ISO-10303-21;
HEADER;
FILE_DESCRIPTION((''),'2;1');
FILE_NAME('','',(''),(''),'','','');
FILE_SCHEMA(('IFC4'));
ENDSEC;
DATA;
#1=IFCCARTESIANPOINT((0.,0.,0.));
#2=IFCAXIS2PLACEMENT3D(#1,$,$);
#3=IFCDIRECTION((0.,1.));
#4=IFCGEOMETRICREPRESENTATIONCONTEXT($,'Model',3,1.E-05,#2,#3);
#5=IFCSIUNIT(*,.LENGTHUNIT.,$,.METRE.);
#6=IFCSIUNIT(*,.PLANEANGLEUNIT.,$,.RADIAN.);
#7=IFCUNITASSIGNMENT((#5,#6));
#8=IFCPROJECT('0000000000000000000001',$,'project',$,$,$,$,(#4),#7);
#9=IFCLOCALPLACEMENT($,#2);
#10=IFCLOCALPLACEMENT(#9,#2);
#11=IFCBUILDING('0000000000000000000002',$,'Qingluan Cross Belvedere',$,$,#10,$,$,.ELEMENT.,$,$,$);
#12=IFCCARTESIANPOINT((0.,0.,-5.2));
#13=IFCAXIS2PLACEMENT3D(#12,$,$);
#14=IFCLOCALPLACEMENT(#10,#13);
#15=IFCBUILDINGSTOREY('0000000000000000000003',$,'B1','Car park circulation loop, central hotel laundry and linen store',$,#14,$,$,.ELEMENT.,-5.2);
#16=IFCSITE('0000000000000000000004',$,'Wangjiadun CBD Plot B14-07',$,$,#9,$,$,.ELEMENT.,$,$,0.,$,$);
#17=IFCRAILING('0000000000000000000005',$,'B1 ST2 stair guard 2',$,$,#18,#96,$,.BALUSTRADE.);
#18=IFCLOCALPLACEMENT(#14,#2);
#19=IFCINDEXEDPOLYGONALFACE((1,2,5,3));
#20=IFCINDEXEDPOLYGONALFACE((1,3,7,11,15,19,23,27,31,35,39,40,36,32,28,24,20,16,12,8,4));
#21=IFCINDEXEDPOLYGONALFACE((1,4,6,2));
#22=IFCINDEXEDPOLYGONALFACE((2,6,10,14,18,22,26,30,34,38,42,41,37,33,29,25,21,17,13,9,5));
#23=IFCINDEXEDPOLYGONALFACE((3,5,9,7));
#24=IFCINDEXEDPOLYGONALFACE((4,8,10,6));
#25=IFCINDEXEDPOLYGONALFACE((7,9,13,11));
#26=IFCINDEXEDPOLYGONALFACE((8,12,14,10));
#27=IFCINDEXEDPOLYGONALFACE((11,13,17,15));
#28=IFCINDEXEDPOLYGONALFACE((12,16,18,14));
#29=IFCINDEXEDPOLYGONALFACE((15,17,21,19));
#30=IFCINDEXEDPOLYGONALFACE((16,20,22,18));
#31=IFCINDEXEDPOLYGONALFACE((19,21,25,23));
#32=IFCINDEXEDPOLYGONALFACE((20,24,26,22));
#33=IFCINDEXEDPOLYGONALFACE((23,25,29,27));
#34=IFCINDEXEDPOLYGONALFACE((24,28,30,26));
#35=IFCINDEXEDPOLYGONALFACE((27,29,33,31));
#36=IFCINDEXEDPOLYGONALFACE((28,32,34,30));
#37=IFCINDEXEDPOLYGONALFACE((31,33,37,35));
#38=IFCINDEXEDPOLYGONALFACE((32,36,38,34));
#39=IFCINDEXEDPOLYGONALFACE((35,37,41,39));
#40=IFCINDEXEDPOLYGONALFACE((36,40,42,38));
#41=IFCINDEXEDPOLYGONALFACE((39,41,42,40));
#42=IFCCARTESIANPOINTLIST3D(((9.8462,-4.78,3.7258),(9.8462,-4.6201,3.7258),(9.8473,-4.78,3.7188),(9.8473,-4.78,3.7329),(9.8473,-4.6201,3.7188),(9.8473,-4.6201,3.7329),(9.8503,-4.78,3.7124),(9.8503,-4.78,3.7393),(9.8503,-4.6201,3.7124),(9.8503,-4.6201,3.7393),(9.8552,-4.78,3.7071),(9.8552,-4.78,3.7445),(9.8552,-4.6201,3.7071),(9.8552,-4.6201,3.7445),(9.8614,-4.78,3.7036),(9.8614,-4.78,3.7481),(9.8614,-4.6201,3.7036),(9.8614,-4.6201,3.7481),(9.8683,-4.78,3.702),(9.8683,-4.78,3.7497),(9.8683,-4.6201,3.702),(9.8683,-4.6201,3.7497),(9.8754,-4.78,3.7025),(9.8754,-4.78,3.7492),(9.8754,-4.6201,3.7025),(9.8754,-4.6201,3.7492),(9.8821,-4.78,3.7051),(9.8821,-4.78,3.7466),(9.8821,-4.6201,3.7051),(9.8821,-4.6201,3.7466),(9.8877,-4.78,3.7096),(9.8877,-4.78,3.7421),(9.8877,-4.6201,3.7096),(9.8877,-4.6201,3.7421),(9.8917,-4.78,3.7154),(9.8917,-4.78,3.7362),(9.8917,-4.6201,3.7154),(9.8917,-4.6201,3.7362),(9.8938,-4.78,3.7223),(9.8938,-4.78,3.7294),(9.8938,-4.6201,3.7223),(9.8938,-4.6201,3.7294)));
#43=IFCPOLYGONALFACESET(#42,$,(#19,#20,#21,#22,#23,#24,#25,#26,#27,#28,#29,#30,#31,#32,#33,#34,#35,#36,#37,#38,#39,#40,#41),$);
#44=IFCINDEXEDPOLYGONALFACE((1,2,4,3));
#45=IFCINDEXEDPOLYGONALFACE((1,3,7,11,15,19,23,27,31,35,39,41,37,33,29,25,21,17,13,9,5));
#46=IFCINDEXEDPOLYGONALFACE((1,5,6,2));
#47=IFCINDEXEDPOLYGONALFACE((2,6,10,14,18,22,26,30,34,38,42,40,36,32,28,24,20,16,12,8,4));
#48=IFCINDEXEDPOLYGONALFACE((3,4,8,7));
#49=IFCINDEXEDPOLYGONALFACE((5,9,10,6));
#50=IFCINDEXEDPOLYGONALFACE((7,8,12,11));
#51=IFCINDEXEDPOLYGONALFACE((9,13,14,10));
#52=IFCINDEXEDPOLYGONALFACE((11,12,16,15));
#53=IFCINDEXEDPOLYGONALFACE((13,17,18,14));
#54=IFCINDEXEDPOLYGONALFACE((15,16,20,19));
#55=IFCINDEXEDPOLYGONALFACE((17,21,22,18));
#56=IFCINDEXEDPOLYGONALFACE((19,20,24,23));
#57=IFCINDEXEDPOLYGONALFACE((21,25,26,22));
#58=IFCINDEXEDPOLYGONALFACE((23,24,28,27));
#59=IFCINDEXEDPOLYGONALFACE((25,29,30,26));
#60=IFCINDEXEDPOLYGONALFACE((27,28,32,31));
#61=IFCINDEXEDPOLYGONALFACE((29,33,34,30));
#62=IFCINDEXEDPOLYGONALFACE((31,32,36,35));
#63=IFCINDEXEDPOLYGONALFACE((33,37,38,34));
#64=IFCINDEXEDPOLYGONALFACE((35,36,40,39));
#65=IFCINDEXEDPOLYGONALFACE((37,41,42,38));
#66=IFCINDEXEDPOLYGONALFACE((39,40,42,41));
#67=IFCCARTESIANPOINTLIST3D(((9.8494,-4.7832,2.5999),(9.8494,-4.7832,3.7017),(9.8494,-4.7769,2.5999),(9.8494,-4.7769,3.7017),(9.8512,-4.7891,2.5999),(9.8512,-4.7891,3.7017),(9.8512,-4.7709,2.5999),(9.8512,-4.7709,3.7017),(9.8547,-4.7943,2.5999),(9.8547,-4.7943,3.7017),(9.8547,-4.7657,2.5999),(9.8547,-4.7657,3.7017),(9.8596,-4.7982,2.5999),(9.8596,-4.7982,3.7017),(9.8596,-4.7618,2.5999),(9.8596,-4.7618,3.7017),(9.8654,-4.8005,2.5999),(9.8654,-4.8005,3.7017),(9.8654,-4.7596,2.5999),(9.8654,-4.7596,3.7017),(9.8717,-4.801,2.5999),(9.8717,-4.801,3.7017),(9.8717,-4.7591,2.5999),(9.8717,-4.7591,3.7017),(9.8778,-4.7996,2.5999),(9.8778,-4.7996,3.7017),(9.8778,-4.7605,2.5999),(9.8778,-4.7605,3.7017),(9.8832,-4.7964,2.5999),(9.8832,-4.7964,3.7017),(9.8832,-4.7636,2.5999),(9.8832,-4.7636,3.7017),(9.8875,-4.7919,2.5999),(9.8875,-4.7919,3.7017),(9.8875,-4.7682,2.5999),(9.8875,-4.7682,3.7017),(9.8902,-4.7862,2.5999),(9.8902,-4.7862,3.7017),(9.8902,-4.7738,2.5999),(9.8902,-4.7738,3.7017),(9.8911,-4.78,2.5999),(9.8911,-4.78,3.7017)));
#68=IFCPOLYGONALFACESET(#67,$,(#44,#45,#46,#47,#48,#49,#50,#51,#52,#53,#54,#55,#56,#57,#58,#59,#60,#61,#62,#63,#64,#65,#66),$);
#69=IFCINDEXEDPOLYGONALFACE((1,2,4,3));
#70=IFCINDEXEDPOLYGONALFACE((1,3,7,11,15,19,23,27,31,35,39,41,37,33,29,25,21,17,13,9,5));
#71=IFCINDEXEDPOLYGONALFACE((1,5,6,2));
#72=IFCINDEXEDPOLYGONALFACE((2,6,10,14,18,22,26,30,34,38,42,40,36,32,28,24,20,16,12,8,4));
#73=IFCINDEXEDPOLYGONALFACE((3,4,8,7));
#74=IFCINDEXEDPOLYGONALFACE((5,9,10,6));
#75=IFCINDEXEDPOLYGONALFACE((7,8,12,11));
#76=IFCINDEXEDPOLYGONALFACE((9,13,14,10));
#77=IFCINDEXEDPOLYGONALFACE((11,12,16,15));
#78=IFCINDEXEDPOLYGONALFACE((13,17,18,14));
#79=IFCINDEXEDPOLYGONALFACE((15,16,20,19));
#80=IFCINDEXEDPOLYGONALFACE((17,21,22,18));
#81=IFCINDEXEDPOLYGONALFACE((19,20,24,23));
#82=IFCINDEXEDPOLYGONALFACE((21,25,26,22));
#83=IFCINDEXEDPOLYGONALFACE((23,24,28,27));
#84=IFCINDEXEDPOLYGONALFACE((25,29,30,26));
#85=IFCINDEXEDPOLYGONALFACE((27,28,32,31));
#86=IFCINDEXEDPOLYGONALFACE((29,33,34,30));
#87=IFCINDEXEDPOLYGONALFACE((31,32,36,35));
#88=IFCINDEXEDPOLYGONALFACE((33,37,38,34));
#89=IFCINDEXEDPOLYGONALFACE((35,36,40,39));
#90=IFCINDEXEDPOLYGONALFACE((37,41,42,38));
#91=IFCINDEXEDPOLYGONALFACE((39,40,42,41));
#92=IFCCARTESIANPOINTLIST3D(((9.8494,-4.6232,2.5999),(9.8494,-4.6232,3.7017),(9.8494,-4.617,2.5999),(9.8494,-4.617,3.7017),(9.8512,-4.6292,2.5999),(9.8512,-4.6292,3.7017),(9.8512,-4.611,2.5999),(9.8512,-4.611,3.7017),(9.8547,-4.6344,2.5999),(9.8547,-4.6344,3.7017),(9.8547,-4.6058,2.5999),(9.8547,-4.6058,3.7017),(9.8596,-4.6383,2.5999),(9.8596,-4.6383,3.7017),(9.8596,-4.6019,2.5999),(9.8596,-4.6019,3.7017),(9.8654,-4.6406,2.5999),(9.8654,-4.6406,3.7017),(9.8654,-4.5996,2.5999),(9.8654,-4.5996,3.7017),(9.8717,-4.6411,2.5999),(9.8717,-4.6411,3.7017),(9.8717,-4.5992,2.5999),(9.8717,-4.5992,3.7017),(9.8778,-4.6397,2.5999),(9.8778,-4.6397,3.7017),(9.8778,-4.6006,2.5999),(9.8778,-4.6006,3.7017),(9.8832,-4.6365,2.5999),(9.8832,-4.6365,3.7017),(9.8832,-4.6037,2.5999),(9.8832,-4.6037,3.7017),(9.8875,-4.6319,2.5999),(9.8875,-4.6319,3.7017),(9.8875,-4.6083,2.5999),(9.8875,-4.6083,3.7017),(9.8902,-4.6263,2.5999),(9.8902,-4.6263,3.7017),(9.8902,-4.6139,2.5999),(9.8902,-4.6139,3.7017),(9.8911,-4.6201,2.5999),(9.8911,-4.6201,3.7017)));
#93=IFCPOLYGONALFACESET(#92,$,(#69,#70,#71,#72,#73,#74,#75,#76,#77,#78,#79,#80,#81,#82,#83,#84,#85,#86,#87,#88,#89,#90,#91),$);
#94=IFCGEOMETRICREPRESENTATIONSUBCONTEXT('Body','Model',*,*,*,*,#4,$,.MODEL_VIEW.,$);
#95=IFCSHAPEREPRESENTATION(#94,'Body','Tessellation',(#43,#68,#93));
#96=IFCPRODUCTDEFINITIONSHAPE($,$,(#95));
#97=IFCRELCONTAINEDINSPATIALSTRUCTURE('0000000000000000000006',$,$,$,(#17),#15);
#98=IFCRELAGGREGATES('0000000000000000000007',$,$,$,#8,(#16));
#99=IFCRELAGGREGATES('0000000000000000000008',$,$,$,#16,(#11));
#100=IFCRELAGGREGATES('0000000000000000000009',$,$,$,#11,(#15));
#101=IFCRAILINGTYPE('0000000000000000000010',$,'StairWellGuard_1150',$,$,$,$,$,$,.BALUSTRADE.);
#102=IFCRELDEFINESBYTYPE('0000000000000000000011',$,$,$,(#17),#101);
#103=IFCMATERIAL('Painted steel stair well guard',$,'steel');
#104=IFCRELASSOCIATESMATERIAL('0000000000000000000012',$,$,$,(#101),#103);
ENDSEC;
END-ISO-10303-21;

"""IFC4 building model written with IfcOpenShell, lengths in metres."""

from ifc_helpers import new_model, si_unit, direction, frame, origin, origin_2d, place, context, subcontext, project, spatial, circle, extrude, material, type_object, element, save


model = new_model("IFC4")

# Units and contexts
model_context = context("Model", 3, precision=1e-05, world=origin(), true_north=direction((0.0, 1.0)))
body_context = subcontext(model_context, "Body", "Model", "MODEL_VIEW")
ifc_project = project(units=[si_unit("LENGTHUNIT", "METRE"), si_unit("PLANEANGLEUNIT", "RADIAN")], contexts=[model_context])

# Site, building, storey
site_placement = place(None, origin())
site = spatial("IfcSite", under=ifc_project, at=site_placement, Name="Wangjiadun CBD Plot B14-07", CompositionType="ELEMENT", RefElevation=0.0)
building_placement = place(site_placement, origin())
building = spatial("IfcBuilding", under=site, at=building_placement, Name="Qingluan Cross Belvedere", CompositionType="ELEMENT")
storey_placement = place(building_placement, frame((0.0, 0.0, -5.2)))
storey = spatial("IfcBuildingStorey", under=building, at=storey_placement, Name="B1", Description="Car park circulation loop, central hotel laundry and linen store", CompositionType="ELEMENT", Elevation=-5.2)

# Railing
ifc_material_1 = material(Name="Painted steel stair well guard", Category="steel")
railing_type_1 = type_object("IfcRailingType", Name="StairWellGuard_1150", PredefinedType="BALUSTRADE", material=ifc_material_1)
railing_1_placement = place(storey_placement, frame((9.8701, -4.78, 2.5999)))
element("IfcRailing", 1, at=railing_1_placement, inside=storey, type_object=railing_type_1, Name="B1 ST2 stair guard 2", PredefinedType="BALUSTRADE", context=body_context, shape_type="SweptSolid", body=[
    extrude(circle(Radius=0.0239, at=origin_2d()), frame((0.0, 0.0, 1.126), z_axis=(0.0, 1.0, 0.0), x_axis=(-1.0, 0.0, 0.0)), (0.0, 0.0, 1.0), 0.1599),
    extrude(circle(Radius=0.021, at=origin_2d()), origin(), (0.0, 0.0, 1.0), 1.1018),
    extrude(circle(Radius=0.021, at=origin_2d()), frame((0.0, 0.1599, 0.0)), (0.0, 0.0, 1.0), 1.1018),
])

save(model, "model.ifc")
